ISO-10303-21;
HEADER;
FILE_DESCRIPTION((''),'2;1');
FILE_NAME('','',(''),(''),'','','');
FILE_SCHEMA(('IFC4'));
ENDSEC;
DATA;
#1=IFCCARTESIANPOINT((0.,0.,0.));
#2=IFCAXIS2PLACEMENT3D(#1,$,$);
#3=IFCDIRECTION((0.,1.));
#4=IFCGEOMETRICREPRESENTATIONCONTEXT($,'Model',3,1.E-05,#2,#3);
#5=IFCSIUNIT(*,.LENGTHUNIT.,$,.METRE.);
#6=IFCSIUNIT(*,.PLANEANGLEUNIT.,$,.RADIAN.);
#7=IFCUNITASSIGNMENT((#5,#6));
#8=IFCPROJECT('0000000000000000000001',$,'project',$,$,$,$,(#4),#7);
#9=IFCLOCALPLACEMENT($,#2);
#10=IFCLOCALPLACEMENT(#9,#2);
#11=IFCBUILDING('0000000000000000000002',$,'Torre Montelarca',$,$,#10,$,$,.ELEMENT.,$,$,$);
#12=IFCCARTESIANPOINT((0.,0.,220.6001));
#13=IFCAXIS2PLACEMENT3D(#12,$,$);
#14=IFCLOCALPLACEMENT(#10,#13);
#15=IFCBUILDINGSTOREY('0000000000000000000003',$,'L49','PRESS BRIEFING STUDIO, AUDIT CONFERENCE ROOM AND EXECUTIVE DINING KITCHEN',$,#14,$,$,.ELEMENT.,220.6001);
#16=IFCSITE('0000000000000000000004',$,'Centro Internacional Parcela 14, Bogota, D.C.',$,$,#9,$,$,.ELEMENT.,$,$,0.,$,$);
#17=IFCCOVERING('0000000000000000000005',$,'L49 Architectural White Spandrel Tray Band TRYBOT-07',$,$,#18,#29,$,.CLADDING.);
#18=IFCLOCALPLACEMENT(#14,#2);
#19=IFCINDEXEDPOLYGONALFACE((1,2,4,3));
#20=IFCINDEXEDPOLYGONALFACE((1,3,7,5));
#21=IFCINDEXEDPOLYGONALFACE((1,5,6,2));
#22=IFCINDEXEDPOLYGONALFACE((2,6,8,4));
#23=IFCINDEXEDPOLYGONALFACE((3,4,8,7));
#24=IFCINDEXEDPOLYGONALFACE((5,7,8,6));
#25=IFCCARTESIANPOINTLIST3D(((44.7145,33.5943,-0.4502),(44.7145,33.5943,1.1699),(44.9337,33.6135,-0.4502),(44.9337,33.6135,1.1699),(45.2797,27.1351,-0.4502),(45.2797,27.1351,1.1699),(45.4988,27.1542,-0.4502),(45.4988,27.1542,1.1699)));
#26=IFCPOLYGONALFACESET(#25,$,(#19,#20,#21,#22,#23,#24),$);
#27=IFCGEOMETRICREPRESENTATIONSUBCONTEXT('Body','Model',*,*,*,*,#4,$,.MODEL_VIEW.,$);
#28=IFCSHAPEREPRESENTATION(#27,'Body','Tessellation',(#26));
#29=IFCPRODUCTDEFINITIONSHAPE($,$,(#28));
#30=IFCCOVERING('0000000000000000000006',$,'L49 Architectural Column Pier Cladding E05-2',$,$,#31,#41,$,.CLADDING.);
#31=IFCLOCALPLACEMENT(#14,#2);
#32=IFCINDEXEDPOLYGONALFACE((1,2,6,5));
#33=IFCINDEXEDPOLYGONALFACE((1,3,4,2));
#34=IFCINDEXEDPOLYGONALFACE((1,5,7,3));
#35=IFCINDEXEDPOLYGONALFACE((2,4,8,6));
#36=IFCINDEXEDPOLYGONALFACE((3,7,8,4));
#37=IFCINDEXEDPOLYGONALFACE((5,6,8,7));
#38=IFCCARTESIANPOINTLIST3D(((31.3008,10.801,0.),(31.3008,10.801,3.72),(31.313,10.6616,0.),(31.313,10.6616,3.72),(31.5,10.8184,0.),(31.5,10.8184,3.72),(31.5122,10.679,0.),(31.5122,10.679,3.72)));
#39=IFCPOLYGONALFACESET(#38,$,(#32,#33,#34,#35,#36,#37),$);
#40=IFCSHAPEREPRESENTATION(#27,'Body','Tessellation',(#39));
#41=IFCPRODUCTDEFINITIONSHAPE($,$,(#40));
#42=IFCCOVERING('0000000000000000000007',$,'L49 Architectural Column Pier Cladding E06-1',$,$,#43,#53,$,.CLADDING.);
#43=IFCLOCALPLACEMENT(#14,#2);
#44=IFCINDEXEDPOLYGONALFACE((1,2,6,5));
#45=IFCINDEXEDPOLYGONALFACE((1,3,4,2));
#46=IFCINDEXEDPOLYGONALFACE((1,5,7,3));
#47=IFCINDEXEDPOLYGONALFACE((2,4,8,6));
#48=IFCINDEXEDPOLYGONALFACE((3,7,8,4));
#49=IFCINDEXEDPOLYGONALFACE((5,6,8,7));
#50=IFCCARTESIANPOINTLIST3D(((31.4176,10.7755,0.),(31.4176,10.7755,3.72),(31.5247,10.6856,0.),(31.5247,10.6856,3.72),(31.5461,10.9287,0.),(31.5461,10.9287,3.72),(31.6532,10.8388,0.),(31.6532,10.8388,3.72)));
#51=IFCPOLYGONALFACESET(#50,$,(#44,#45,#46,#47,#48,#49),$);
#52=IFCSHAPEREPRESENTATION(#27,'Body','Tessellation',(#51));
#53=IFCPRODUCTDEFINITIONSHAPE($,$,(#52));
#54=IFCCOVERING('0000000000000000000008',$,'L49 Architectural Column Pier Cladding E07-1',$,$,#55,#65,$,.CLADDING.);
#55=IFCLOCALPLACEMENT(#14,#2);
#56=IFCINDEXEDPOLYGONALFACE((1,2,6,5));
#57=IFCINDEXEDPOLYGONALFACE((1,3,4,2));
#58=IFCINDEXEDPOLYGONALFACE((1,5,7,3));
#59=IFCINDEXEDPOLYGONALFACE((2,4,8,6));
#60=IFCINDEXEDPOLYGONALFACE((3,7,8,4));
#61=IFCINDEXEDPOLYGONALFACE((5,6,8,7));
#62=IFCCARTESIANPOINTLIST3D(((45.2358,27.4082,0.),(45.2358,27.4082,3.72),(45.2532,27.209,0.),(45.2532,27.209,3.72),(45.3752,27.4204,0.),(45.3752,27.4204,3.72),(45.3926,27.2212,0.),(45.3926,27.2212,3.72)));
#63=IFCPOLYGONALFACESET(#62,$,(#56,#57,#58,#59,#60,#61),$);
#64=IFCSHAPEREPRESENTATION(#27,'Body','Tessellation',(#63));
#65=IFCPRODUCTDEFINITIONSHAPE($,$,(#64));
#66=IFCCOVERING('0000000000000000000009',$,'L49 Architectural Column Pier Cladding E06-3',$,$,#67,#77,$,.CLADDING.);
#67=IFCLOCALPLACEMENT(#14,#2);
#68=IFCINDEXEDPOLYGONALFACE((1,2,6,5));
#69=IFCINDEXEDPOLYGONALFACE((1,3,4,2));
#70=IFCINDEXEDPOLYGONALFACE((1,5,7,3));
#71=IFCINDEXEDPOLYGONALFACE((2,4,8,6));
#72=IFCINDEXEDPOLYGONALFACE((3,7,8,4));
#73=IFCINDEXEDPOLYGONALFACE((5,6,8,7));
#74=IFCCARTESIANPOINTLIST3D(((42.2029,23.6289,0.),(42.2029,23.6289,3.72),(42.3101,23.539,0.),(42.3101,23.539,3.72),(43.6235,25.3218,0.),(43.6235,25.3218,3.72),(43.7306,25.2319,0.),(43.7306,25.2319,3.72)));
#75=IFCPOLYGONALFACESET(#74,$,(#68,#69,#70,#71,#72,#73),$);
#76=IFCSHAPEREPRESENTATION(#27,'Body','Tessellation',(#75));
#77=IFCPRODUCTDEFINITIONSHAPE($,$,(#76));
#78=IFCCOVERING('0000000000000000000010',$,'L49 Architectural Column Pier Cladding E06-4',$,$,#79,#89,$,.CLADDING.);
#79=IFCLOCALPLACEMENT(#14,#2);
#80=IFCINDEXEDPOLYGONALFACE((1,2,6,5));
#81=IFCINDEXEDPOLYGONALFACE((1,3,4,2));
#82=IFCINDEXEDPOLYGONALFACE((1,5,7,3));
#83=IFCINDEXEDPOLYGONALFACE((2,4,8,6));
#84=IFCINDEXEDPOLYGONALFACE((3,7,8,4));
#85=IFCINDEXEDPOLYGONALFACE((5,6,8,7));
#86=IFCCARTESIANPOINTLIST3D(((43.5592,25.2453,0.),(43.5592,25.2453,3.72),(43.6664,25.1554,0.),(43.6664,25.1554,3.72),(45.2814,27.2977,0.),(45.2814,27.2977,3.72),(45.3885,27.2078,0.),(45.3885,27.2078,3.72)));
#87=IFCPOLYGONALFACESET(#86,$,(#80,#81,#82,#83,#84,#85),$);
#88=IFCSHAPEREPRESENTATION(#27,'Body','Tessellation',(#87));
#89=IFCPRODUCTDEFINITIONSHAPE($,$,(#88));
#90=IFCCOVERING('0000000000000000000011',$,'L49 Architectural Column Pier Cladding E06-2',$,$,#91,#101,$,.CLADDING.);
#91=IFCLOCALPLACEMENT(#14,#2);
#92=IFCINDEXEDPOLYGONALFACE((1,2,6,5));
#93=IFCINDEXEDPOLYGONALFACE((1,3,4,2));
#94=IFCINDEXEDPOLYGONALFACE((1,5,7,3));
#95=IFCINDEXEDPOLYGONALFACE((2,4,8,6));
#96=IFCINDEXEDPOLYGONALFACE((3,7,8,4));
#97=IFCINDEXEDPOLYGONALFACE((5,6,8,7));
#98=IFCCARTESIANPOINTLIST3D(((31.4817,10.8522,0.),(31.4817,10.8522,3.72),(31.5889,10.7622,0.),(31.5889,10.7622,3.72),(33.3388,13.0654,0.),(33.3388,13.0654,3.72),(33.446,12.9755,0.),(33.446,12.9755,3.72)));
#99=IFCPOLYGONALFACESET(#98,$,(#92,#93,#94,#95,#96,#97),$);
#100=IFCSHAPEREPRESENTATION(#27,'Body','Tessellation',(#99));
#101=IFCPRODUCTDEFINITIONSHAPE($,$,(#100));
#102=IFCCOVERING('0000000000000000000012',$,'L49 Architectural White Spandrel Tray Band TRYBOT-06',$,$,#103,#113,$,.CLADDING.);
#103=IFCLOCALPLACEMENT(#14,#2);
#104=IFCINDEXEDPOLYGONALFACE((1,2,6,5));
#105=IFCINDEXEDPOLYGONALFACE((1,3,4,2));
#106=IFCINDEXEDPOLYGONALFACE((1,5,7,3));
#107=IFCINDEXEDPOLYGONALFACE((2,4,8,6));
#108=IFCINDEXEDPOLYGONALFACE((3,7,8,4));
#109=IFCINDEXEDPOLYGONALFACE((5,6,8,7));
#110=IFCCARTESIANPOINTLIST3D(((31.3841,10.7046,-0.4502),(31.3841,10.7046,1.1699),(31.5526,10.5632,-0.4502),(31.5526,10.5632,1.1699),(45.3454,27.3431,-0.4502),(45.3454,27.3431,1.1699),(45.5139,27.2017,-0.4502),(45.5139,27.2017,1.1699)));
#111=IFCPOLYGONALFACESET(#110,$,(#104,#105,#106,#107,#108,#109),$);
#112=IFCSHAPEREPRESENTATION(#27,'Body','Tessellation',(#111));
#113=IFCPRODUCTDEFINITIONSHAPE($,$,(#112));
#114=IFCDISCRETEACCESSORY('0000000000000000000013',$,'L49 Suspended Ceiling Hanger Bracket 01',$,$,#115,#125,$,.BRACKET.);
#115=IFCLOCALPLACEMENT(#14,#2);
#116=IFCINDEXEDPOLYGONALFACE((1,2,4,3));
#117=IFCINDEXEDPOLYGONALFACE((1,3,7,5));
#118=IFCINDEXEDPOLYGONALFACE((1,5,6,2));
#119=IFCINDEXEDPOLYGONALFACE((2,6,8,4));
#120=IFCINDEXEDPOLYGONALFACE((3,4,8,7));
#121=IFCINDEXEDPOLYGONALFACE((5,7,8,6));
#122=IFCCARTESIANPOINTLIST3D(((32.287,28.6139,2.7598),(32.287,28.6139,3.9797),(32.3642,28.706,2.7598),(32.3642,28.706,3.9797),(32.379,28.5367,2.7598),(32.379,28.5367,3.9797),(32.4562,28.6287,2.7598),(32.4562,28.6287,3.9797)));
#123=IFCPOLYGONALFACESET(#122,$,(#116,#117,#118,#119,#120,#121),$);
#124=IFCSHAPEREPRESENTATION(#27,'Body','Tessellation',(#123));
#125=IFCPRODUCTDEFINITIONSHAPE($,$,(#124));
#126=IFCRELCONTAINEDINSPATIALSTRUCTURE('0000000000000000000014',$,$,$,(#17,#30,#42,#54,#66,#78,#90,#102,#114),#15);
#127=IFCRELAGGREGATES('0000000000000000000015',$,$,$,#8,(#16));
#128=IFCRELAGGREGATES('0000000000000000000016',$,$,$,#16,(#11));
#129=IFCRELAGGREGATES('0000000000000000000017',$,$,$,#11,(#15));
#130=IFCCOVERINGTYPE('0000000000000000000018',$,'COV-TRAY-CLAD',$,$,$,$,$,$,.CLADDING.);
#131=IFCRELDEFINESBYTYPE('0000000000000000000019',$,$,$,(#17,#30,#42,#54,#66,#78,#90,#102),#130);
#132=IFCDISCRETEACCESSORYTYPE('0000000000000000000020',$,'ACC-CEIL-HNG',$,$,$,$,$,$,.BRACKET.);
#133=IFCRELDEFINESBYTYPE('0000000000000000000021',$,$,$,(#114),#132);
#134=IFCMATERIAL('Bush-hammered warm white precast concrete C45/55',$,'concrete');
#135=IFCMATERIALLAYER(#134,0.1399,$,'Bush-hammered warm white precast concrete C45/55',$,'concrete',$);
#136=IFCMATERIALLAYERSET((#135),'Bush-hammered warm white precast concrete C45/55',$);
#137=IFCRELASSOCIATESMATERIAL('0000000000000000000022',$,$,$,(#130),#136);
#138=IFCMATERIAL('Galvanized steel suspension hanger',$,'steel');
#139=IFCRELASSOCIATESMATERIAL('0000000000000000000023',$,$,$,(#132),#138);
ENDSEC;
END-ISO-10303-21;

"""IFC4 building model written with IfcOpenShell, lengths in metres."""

from ifc_helpers import new_model, si_unit, direction, frame, origin, origin_2d, place, context, subcontext, project, spatial, rectangle, extrude, source, transform, mapped, material, layer, layer_set, type_object, element, save


model = new_model("IFC4")

# Units and contexts
model_context = context("Model", 3, precision=1e-05, world=origin(), true_north=direction((0.0, 1.0)))
body_context = subcontext(model_context, "Body", "Model", "MODEL_VIEW")
ifc_project = project(units=[si_unit("LENGTHUNIT", "METRE"), si_unit("PLANEANGLEUNIT", "RADIAN")], contexts=[model_context])

# Site, building, storey
site_placement = place(None, origin())
site = spatial("IfcSite", under=ifc_project, at=site_placement, Name="Centro Internacional Parcela 14, Bogota, D.C.", CompositionType="ELEMENT", RefElevation=0.0)
building_placement = place(site_placement, origin())
building = spatial("IfcBuilding", under=site, at=building_placement, Name="Torre Montelarca", CompositionType="ELEMENT")
storey_placement = place(building_placement, frame((0.0, 0.0, 220.6001)))
storey = spatial("IfcBuildingStorey", under=building, at=storey_placement, Name="L49", Description="PRESS BRIEFING STUDIO, AUDIT CONFERENCE ROOM AND EXECUTIVE DINING KITCHEN", CompositionType="ELEMENT", Elevation=220.6001)

# Coverings
ifc_material_1 = material(Name="Bush-hammered warm white precast concrete C45/55", Category="concrete")
ifc_layer_1 = layer(ifc_material_1, 0.1399, Name="Bush-hammered warm white precast concrete C45/55", Category="concrete")
ifc_layer_set_1 = layer_set([ifc_layer_1], Name="Bush-hammered warm white precast concrete C45/55")
covering_type = type_object("IfcCoveringType", Name="COV-TRAY-CLAD", PredefinedType="CLADDING", material=ifc_layer_set_1)
shared_shape_1 = source(origin(), body_context, "Body", "SweptSolid", [
    extrude(rectangle(XDim=6.4839, YDim=0.22, at=origin_2d()), origin(), (0.0, 0.0, 1.0), 1.6201),
])
covering_1_placement = place(storey_placement, frame((45.1067, 30.3743, -0.4502), z_axis=(0.0, 0.0, 1.0), x_axis=(-0.087163, 0.996194, 0.0)))
element("IfcCovering", 1, at=covering_1_placement, inside=storey, type_object=covering_type, Name="L49 Architectural White Spandrel Tray Band TRYBOT-07", PredefinedType="CLADDING", context=body_context, shape_type="MappedRepresentation", body=[
    mapped(shared_shape_1, transform((0.0, 0.0, 0.0), scale=1.0)),
])
shared_shape_2 = source(origin(), body_context, "Body", "SweptSolid", [
    extrude(rectangle(XDim=0.2, YDim=0.1399, at=origin_2d()), origin(), (0.0, 0.0, 1.0), 3.72),
])
for number, where, z_axis, x_axis, name in (
    (2, (31.4065, 10.74, 0.0), (0.0, 0.0, 1.0), (0.996193, 0.087177, 0.0), "L49 Architectural Column Pier Cladding E05-2"),
    (3, (31.5354, 10.8071, 0.0), (0.0, 0.0, 1.0), (0.642788, 0.766044, 0.0), "L49 Architectural Column Pier Cladding E06-1"),
    (4, (45.3142, 27.3147, 0.0), (0.0, 0.0, 1.0), (-0.087177, 0.996193, 0.0), "L49 Architectural Column Pier Cladding E07-1"),
):
    element("IfcCovering", number, at=place(storey_placement, frame(where, z_axis=z_axis, x_axis=x_axis)), inside=storey, type_object=covering_type, Name=name, PredefinedType="CLADDING", context=body_context, shape_type="MappedRepresentation", body=[
        mapped(shared_shape_2, transform((0.0, 0.0, 0.0), scale=1.0)),
    ])
shared_shape_3 = source(origin(), body_context, "Body", "SweptSolid", [
    extrude(rectangle(XDim=2.21, YDim=0.1399, at=origin_2d()), origin(), (0.0, 0.0, 1.0), 3.72),
])
covering_2_placement = place(storey_placement, frame((42.9668, 24.4304, 0.0), z_axis=(0.0, 0.0, 1.0), x_axis=(0.642788, 0.766044, 0.0)))
element("IfcCovering", 5, at=covering_2_placement, inside=storey, type_object=covering_type, Name="L49 Architectural Column Pier Cladding E06-3", PredefinedType="CLADDING", context=body_context, shape_type="MappedRepresentation", body=[
    mapped(shared_shape_3, transform((0.0, 0.0, 0.0), scale=1.0)),
])
shared_shape_4 = source(origin(), body_context, "Body", "SweptSolid", [
    extrude(rectangle(XDim=2.6792, YDim=0.1399, at=origin_2d()), origin(), (0.0, 0.0, 1.0), 3.72),
])
covering_3_placement = place(storey_placement, frame((44.4739, 26.2266, 0.0), z_axis=(0.0, 0.0, 1.0), x_axis=(0.642788, 0.766044, 0.0)))
element("IfcCovering", 6, at=covering_3_placement, inside=storey, type_object=covering_type, Name="L49 Architectural Column Pier Cladding E06-4", PredefinedType="CLADDING", context=body_context, shape_type="MappedRepresentation", body=[
    mapped(shared_shape_4, transform((0.0, 0.0, 0.0), scale=1.0)),
])
shared_shape_5 = source(origin(), body_context, "Body", "SweptSolid", [
    extrude(rectangle(XDim=2.8892, YDim=0.1399, at=origin_2d()), origin(), (0.0, 0.0, 1.0), 3.72),
])
covering_4_placement = place(storey_placement, frame((32.4639, 11.9138, 0.0), z_axis=(0.0, 0.0, 1.0), x_axis=(0.642788, 0.766044, 0.0)))
element("IfcCovering", 7, at=covering_4_placement, inside=storey, type_object=covering_type, Name="L49 Architectural Column Pier Cladding E06-2", PredefinedType="CLADDING", context=body_context, shape_type="MappedRepresentation", body=[
    mapped(shared_shape_5, transform((0.0, 0.0, 0.0), scale=1.0)),
])
shared_shape_6 = source(origin(), body_context, "Body", "SweptSolid", [
    extrude(rectangle(XDim=21.72, YDim=0.22, at=origin_2d()), origin(), (0.0, 0.0, 1.0), 1.6201),
])
covering_5_placement = place(storey_placement, frame((38.449, 18.9531, -0.4502), z_axis=(0.0, 0.0, 1.0), x_axis=(0.642786, 0.766046, 0.0)))
element("IfcCovering", 8, at=covering_5_placement, inside=storey, type_object=covering_type, Name="L49 Architectural White Spandrel Tray Band TRYBOT-06", PredefinedType="CLADDING", context=body_context, shape_type="MappedRepresentation", body=[
    mapped(shared_shape_6, transform((0.0, 0.0, 0.0), scale=1.0)),
])

# Discrete accessory
ifc_material_2 = material(Name="Galvanized steel suspension hanger", Category="steel")
discrete_accessory_type = type_object("IfcDiscreteAccessoryType", Name="ACC-CEIL-HNG", PredefinedType="BRACKET", material=ifc_material_2)
shared_shape_7 = source(origin(), body_context, "Body", "SweptSolid", [
    extrude(rectangle(XDim=0.1201, YDim=0.1201, at=origin_2d()), origin(), (0.0, 0.0, 1.0), 1.22),
])
discrete_accessory_placement = place(storey_placement, frame((32.3716, 28.6213, 2.7598), z_axis=(0.0, 0.0, 1.0), x_axis=(-0.766044, 0.642788, 0.0)))
element("IfcDiscreteAccessory", 9, at=discrete_accessory_placement, inside=storey, type_object=discrete_accessory_type, Name="L49 Suspended Ceiling Hanger Bracket 01", PredefinedType="BRACKET", context=body_context, shape_type="MappedRepresentation", body=[
    mapped(shared_shape_7, transform((0.0, 0.0, 0.0), scale=1.0)),
])

save(model, "model.ifc")
